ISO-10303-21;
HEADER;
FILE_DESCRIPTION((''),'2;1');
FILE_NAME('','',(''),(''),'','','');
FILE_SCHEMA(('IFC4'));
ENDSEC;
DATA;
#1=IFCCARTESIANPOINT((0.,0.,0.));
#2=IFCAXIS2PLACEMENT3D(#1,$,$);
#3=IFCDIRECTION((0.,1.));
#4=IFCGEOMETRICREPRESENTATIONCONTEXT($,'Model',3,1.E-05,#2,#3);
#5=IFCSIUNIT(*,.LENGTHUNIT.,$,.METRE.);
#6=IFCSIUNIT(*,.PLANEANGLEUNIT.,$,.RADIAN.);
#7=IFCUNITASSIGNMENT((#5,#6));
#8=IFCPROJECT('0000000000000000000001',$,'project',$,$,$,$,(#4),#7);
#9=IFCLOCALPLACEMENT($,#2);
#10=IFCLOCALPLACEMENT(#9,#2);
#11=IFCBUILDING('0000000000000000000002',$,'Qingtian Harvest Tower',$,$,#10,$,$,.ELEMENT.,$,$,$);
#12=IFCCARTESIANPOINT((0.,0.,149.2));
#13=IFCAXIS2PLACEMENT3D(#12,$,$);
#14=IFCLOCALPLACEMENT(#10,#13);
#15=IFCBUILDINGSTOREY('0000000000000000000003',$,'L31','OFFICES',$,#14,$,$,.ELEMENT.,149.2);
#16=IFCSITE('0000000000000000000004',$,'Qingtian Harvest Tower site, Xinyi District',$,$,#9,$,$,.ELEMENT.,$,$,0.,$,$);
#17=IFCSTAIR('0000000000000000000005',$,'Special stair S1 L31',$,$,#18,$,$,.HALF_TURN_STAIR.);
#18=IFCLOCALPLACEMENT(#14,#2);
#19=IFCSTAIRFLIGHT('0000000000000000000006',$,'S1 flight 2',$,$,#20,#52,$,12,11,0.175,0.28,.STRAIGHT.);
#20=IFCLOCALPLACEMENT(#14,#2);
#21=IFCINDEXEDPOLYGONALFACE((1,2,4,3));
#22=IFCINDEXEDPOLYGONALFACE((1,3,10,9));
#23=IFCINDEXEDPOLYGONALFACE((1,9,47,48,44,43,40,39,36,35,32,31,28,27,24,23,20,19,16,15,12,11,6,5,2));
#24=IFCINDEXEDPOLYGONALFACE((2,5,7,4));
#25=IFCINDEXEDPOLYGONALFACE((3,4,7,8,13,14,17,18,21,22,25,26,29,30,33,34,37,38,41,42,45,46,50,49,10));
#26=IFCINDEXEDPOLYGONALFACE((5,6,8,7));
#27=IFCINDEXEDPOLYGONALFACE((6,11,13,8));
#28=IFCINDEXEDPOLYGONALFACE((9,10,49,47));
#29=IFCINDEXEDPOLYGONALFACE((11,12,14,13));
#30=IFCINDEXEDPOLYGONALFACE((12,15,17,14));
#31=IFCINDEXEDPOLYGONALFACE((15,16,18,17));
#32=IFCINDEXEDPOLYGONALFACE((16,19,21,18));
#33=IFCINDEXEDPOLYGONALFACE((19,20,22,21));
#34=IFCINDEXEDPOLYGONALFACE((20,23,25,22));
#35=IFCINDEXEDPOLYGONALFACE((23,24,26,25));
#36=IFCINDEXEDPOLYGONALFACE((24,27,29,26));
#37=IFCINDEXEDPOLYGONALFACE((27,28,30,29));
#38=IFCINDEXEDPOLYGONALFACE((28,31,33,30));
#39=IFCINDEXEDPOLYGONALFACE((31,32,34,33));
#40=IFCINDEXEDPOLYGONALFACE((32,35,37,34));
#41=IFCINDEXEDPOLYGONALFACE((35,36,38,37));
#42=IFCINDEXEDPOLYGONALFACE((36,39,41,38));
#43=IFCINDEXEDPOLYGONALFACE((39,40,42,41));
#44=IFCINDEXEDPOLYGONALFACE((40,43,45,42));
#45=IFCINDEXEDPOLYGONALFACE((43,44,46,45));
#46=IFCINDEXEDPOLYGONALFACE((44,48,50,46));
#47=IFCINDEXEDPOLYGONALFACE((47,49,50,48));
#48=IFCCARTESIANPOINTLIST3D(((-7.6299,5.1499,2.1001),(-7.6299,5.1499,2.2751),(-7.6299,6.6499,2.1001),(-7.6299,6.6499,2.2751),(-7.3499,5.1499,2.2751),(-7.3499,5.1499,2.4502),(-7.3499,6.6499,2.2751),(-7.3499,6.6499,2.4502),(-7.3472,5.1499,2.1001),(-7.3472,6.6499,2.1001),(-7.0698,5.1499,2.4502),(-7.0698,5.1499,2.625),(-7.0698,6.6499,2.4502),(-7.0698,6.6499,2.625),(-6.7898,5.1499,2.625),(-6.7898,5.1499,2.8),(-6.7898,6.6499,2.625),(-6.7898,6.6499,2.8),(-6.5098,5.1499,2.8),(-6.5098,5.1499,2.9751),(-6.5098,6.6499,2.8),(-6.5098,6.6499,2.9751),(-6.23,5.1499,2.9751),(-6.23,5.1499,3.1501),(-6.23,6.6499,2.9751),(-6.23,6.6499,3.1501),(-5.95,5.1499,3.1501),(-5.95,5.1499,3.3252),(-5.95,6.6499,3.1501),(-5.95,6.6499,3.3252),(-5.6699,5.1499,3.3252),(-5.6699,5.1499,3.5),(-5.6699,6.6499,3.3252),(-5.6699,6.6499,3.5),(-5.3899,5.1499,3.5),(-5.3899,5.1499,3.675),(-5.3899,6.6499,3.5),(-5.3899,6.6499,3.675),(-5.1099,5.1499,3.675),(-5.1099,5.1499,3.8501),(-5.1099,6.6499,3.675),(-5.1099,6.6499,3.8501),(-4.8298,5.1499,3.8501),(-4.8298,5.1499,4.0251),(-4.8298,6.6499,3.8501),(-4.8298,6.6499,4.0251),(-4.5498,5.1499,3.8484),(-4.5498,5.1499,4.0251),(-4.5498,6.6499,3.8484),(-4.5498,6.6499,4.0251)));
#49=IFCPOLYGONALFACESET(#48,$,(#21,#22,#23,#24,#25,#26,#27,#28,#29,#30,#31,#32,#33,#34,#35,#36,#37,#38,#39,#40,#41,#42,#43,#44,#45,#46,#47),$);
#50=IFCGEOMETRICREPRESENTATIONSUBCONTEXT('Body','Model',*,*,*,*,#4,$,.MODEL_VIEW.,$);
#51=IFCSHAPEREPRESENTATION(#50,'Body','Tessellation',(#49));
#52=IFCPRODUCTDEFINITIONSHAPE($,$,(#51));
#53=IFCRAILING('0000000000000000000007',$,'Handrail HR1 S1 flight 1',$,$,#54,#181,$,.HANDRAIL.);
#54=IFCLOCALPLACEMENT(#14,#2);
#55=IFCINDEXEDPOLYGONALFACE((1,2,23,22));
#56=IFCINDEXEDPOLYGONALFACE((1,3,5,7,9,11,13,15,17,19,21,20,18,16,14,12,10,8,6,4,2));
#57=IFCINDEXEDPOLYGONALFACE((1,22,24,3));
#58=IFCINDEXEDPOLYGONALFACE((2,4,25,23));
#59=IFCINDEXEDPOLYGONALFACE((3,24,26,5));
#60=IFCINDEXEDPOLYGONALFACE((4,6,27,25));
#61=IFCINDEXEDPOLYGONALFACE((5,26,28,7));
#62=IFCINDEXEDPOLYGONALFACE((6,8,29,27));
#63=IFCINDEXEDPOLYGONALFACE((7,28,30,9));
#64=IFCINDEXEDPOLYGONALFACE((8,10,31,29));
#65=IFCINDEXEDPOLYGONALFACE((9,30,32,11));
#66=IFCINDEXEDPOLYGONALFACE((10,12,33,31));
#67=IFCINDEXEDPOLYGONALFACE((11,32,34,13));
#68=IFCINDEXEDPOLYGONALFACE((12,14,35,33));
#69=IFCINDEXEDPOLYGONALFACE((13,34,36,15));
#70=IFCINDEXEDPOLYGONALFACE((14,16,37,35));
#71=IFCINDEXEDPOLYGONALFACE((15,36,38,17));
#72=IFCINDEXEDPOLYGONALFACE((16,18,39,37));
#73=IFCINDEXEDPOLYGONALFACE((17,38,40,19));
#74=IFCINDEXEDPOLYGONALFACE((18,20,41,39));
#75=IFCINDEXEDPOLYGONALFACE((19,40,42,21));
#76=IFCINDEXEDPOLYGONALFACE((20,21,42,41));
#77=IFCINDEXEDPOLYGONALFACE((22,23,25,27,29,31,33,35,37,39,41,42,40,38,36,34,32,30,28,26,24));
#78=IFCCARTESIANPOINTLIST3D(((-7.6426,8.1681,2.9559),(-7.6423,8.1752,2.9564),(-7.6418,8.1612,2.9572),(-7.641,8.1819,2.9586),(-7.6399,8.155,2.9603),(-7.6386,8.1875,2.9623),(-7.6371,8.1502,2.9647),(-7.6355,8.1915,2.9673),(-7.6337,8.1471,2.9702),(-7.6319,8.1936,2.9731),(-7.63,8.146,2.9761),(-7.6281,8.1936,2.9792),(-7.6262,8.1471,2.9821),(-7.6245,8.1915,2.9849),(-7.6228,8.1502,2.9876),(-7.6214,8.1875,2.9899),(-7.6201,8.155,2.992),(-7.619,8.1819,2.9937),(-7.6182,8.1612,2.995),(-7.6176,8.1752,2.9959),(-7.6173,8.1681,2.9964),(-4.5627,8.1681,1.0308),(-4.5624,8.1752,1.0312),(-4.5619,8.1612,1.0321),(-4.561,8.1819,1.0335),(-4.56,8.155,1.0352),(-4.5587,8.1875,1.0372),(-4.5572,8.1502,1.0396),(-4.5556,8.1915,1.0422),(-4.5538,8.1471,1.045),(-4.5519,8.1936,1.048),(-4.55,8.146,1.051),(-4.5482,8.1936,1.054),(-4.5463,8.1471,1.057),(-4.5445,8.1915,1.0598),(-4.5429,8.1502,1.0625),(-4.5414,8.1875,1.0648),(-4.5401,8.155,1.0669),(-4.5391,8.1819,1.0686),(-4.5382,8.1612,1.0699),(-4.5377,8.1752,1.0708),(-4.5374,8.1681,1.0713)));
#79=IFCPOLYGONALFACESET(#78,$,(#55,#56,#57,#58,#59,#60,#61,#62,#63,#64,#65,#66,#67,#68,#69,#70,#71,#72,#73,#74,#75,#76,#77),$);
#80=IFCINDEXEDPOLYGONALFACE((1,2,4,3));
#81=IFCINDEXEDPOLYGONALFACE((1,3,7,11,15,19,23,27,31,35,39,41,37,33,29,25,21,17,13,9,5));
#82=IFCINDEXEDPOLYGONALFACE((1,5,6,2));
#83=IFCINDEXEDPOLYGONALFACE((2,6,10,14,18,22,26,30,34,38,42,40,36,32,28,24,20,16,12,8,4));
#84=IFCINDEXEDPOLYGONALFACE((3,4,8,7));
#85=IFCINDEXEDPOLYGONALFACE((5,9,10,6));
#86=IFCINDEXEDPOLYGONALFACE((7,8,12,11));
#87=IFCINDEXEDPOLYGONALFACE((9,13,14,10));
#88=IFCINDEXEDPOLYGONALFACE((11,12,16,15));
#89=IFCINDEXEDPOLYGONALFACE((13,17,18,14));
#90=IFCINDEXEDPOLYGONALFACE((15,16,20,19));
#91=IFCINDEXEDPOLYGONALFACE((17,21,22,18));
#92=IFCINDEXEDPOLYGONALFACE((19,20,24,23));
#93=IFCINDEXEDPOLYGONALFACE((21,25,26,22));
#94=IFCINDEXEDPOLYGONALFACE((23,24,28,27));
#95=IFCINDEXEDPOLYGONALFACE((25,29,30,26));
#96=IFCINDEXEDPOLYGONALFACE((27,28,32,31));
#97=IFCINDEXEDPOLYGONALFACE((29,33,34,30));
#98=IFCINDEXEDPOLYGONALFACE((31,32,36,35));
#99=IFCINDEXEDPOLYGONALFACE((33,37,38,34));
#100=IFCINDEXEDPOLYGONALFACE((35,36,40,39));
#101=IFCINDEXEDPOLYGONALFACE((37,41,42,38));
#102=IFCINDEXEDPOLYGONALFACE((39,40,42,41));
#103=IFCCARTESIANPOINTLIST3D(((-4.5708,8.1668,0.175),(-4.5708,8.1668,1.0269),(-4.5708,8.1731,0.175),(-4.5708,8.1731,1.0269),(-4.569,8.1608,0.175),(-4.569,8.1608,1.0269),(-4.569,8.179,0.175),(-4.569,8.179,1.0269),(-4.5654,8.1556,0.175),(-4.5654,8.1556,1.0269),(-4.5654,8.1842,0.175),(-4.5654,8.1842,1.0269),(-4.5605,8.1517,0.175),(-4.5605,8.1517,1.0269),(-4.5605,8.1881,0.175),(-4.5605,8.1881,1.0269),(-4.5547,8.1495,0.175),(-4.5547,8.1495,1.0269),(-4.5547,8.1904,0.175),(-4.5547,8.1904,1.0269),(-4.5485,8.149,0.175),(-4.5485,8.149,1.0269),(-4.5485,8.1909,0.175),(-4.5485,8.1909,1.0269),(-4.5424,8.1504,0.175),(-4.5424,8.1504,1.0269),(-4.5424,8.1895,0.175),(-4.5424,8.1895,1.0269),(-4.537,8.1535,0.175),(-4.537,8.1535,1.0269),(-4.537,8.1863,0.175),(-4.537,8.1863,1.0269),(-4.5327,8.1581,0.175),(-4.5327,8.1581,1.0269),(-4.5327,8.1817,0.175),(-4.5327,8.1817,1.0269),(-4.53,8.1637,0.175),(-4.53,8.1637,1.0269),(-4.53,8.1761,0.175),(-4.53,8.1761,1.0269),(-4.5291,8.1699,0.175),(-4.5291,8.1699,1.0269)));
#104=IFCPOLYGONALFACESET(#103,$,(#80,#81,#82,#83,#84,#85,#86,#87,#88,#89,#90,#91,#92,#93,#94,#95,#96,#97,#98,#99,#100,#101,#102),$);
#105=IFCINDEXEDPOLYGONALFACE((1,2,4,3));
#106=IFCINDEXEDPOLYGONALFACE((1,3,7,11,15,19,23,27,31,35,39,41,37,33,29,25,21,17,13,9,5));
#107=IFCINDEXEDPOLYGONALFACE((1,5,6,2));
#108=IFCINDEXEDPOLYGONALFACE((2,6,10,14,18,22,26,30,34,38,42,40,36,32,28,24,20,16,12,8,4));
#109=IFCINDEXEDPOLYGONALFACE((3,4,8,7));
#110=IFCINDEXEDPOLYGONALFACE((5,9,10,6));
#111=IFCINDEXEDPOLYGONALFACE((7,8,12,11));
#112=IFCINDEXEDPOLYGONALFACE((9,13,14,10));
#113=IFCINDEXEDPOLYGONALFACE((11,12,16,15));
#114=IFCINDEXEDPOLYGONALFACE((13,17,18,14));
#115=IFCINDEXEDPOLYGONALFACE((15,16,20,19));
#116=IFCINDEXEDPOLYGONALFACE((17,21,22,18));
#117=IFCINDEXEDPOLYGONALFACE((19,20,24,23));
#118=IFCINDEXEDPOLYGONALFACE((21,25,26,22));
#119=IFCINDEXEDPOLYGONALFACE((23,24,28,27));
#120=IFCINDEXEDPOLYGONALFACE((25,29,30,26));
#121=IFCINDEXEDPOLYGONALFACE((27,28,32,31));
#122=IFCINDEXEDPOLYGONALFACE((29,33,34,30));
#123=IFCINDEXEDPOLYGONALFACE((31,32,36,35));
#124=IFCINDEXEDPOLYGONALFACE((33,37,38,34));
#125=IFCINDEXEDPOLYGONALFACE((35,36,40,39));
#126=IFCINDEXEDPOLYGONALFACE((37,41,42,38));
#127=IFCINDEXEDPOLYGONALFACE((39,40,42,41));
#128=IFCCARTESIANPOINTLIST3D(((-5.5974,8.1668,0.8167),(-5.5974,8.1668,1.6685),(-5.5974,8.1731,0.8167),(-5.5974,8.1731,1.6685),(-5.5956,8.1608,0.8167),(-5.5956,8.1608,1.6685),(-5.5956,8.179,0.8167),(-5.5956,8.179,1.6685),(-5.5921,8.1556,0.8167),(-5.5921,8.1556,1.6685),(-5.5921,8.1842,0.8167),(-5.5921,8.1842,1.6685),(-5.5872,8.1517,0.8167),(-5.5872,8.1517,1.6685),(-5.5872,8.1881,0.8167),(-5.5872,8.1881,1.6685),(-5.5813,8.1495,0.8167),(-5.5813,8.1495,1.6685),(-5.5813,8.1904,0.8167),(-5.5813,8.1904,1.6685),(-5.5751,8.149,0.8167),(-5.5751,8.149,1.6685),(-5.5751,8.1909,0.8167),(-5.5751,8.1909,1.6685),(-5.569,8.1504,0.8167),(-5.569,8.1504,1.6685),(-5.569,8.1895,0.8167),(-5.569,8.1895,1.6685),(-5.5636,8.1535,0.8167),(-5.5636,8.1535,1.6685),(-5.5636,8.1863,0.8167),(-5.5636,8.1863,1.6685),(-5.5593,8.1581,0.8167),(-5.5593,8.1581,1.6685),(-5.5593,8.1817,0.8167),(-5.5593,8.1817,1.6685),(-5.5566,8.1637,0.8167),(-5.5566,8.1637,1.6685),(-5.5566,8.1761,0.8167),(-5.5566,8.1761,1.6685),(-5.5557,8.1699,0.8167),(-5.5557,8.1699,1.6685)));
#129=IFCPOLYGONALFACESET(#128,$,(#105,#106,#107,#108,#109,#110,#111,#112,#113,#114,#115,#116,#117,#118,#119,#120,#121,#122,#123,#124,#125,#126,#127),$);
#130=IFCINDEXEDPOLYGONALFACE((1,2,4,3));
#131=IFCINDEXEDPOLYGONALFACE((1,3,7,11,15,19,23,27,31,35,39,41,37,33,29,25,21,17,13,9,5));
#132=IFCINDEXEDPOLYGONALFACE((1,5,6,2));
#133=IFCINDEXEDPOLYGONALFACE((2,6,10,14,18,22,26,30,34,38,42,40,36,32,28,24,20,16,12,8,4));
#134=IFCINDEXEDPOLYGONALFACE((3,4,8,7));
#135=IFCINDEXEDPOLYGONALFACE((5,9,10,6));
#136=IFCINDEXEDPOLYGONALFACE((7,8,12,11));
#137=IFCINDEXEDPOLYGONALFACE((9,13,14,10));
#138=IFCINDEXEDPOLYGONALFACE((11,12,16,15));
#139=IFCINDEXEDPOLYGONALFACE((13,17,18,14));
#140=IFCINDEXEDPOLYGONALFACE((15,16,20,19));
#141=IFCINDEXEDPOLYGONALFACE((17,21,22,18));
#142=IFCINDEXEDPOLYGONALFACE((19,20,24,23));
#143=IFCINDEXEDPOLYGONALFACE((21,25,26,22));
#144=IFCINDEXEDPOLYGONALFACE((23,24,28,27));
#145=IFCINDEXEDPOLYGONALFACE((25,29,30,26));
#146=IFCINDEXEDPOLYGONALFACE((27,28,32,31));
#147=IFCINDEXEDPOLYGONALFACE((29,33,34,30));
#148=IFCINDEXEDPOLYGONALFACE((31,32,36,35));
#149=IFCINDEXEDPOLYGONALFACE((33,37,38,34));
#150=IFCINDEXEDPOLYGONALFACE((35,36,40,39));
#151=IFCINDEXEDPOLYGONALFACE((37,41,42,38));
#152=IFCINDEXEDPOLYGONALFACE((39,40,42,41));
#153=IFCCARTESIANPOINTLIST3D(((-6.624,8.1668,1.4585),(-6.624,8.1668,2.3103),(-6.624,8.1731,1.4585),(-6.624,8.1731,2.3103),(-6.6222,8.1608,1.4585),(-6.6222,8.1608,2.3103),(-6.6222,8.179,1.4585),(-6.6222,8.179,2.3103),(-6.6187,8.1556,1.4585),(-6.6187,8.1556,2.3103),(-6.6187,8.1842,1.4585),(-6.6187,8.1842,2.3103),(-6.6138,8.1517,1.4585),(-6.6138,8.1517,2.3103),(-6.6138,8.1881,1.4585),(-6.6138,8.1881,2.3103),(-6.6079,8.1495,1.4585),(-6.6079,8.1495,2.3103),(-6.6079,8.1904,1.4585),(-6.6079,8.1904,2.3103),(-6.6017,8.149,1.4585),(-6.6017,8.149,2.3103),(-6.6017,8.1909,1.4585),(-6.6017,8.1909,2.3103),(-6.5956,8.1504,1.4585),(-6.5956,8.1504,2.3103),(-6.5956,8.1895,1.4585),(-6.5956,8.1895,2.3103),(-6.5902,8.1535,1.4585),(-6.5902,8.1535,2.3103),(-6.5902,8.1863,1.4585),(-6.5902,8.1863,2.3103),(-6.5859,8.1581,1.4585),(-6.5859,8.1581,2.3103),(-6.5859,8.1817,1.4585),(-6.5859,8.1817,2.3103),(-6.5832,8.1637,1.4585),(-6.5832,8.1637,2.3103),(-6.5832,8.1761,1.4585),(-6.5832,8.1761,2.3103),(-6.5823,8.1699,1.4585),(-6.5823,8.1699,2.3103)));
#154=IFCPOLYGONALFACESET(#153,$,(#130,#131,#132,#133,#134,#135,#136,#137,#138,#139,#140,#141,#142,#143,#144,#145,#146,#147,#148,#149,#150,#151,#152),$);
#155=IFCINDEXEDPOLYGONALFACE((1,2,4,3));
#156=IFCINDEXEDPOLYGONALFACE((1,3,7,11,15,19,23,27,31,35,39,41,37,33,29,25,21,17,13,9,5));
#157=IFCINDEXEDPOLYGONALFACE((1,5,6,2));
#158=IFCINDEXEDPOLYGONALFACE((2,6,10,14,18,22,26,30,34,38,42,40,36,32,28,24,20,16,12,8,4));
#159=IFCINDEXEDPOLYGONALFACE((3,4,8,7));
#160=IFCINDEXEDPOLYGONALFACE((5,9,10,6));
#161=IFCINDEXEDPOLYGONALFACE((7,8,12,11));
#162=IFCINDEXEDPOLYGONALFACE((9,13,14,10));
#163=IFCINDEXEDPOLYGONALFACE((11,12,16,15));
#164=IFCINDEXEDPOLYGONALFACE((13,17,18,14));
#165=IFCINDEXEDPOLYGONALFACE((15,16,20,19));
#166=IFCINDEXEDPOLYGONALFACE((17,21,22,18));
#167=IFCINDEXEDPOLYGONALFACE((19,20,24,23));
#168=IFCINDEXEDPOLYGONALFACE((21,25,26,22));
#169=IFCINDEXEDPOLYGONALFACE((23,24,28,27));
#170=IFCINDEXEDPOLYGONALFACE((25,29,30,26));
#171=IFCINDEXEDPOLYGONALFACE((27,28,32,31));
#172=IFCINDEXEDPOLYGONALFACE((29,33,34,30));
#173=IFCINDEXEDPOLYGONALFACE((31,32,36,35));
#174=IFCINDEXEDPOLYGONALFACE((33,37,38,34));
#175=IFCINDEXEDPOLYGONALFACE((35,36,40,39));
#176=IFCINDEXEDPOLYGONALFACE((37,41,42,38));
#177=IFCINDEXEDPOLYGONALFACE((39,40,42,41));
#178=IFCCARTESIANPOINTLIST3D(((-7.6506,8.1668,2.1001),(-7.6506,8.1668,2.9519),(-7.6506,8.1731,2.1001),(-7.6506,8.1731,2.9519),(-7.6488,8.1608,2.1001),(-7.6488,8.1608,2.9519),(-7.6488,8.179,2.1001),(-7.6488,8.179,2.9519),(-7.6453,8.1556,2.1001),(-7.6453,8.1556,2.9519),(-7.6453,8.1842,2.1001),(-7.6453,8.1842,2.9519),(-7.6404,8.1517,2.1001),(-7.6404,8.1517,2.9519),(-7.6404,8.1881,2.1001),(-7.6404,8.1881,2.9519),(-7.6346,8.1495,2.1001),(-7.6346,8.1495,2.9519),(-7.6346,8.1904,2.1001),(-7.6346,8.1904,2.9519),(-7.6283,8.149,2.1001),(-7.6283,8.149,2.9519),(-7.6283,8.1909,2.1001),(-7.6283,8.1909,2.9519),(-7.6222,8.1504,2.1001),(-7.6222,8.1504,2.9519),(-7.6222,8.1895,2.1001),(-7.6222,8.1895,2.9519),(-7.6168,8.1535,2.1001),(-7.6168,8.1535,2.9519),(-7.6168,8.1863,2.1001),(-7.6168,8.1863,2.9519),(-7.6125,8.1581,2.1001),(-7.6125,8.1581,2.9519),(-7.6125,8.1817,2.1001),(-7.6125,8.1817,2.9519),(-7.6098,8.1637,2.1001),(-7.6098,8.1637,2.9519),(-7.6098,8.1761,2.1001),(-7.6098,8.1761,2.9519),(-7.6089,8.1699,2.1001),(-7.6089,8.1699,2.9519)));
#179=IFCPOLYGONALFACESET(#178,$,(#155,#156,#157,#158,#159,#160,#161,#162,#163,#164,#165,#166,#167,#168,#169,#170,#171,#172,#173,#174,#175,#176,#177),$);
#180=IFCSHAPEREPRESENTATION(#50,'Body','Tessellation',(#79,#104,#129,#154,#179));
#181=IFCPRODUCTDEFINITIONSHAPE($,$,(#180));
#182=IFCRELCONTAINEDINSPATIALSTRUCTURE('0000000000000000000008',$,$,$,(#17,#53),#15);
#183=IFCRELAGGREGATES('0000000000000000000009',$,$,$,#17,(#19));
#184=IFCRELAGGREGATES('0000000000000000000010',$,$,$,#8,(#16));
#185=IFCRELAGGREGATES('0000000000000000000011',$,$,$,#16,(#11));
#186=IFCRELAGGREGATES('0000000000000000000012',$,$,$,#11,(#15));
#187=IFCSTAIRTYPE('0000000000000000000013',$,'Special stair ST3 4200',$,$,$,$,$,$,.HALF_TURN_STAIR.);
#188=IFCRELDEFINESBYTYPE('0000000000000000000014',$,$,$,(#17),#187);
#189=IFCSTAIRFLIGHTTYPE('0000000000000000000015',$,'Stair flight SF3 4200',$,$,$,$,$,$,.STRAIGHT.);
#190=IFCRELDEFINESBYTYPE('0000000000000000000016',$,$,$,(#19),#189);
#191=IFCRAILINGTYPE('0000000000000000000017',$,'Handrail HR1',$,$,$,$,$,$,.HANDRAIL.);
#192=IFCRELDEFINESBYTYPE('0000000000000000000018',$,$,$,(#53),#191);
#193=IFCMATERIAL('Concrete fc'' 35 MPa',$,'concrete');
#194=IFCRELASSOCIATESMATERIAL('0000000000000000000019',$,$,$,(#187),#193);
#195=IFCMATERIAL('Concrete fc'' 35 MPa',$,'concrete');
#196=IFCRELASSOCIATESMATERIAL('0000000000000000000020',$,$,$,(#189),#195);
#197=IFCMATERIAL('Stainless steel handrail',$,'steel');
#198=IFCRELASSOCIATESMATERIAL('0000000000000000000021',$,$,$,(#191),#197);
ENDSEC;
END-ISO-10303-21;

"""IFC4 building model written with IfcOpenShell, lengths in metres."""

from ifc_helpers import new_model, si_unit, direction, frame, origin, origin_2d, place, context, subcontext, project, spatial, polyline, circle, outline, extrude, material, type_object, element, aggregate, save


model = new_model("IFC4")

# Units and contexts
model_context = context("Model", 3, precision=1e-05, world=origin(), true_north=direction((0.0, 1.0)))
body_context = subcontext(model_context, "Body", "Model", "MODEL_VIEW")
ifc_project = project(units=[si_unit("LENGTHUNIT", "METRE"), si_unit("PLANEANGLEUNIT", "RADIAN")], contexts=[model_context])

# Site, building, storey
site_placement = place(None, origin())
site = spatial("IfcSite", under=ifc_project, at=site_placement, Name="Qingtian Harvest Tower site, Xinyi District", CompositionType="ELEMENT", RefElevation=0.0)
building_placement = place(site_placement, origin())
building = spatial("IfcBuilding", under=site, at=building_placement, Name="Qingtian Harvest Tower", CompositionType="ELEMENT")
storey_placement = place(building_placement, frame((0.0, 0.0, 149.2)))
storey = spatial("IfcBuildingStorey", under=building, at=storey_placement, Name="L31", Description="OFFICES", CompositionType="ELEMENT", Elevation=149.2)

# Stair, stair flight
ifc_material_1 = material(Name="Concrete fc' 35 MPa", Category="concrete")
stair_type = type_object("IfcStairType", Name="Special stair ST3 4200", PredefinedType="HALF_TURN_STAIR", material=ifc_material_1)
stair_placement = place(storey_placement, origin())
stair = element("IfcStair", 1, at=stair_placement, inside=storey, type_object=stair_type, Name="Special stair S1 L31", PredefinedType="HALF_TURN_STAIR")
ifc_material_2 = material(Name="Concrete fc' 35 MPa", Category="concrete")
stair_flight_type = type_object("IfcStairFlightType", Name="Stair flight SF3 4200", PredefinedType="STRAIGHT", material=ifc_material_2)
stair_flight_1_placement = place(storey_placement, frame((-7.6299, 5.8999, 2.1001), z_axis=(0.0, 0.0, 1.0), x_axis=(1.0, 0.0, 0.0)))
stair_flight_1 = element("IfcStairFlight", 2, at=stair_flight_1_placement, type_object=stair_flight_type, Name="S1 flight 2", NumberOfRisers=12, NumberOfTreads=11, PredefinedType="STRAIGHT", RiserHeight=0.175, TreadLength=0.28, context=body_context, shape_type="SweptSolid", body=[
    extrude(outline(polyline([(0.0, 0.0), (0.0, 0.175), (0.28, 0.175), (0.28, 0.3501), (0.5601, 0.3501), (0.5601, 0.5249), (0.8401, 0.5249), (0.8401, 0.7), (1.1201, 0.7), (1.1201, 0.875), (1.3999, 0.875), (1.3999, 1.05), (1.6799, 1.05), (1.6799, 1.2251), (1.96, 1.2251), (1.96, 1.3999), (2.24, 1.3999), (2.24, 1.575), (2.52, 1.575), (2.52, 1.75), (2.8, 1.75), (2.8, 1.925), (3.0801, 1.925), (3.0801, 2.1001), (3.0801, 1.7483), (0.2827, 0.0), (0.0, 0.0)])), frame((0.0, 0.75, 0.0), z_axis=(0.0, -1.0, 0.0), x_axis=(1.0, 0.0, 0.0)), (0.0, 0.0, 1.0), 1.5),
])
aggregate(stair, [stair_flight_1])

# Railing
ifc_material_3 = material(Name="Stainless steel handrail", Category="steel")
railing_type = type_object("IfcRailingType", Name="Handrail HR1", PredefinedType="HANDRAIL", material=ifc_material_3)
railing_1_placement = place(storey_placement, frame((-4.55, 8.1699, 0.175)))
element("IfcRailing", 3, at=railing_1_placement, inside=storey, type_object=railing_type, Name="Handrail HR1 S1 flight 1", PredefinedType="HANDRAIL", context=body_context, shape_type="SweptSolid", body=[
    extrude(circle(Radius=0.0239, at=origin_2d()), frame((0.0, 0.0, 0.876), z_axis=(-0.847979, 0.0, 0.530029), x_axis=(0.0, -1.0, 0.0)), (0.0, 0.0, 1.0), 3.6321),
    extrude(circle(Radius=0.021, at=origin_2d()), origin(), (0.0, 0.0, 1.0), 0.8518),
    extrude(circle(Radius=0.021, at=origin_2d()), frame((-1.0266, 0.0, 0.6416)), (0.0, 0.0, 1.0), 0.8518),
    extrude(circle(Radius=0.021, at=origin_2d()), frame((-2.0532, 0.0, 1.2834)), (0.0, 0.0, 1.0), 0.8518),
    extrude(circle(Radius=0.021, at=origin_2d()), frame((-3.0798, 0.0, 1.925)), (0.0, 0.0, 1.0), 0.8518),
])

save(model, "model.ifc")
